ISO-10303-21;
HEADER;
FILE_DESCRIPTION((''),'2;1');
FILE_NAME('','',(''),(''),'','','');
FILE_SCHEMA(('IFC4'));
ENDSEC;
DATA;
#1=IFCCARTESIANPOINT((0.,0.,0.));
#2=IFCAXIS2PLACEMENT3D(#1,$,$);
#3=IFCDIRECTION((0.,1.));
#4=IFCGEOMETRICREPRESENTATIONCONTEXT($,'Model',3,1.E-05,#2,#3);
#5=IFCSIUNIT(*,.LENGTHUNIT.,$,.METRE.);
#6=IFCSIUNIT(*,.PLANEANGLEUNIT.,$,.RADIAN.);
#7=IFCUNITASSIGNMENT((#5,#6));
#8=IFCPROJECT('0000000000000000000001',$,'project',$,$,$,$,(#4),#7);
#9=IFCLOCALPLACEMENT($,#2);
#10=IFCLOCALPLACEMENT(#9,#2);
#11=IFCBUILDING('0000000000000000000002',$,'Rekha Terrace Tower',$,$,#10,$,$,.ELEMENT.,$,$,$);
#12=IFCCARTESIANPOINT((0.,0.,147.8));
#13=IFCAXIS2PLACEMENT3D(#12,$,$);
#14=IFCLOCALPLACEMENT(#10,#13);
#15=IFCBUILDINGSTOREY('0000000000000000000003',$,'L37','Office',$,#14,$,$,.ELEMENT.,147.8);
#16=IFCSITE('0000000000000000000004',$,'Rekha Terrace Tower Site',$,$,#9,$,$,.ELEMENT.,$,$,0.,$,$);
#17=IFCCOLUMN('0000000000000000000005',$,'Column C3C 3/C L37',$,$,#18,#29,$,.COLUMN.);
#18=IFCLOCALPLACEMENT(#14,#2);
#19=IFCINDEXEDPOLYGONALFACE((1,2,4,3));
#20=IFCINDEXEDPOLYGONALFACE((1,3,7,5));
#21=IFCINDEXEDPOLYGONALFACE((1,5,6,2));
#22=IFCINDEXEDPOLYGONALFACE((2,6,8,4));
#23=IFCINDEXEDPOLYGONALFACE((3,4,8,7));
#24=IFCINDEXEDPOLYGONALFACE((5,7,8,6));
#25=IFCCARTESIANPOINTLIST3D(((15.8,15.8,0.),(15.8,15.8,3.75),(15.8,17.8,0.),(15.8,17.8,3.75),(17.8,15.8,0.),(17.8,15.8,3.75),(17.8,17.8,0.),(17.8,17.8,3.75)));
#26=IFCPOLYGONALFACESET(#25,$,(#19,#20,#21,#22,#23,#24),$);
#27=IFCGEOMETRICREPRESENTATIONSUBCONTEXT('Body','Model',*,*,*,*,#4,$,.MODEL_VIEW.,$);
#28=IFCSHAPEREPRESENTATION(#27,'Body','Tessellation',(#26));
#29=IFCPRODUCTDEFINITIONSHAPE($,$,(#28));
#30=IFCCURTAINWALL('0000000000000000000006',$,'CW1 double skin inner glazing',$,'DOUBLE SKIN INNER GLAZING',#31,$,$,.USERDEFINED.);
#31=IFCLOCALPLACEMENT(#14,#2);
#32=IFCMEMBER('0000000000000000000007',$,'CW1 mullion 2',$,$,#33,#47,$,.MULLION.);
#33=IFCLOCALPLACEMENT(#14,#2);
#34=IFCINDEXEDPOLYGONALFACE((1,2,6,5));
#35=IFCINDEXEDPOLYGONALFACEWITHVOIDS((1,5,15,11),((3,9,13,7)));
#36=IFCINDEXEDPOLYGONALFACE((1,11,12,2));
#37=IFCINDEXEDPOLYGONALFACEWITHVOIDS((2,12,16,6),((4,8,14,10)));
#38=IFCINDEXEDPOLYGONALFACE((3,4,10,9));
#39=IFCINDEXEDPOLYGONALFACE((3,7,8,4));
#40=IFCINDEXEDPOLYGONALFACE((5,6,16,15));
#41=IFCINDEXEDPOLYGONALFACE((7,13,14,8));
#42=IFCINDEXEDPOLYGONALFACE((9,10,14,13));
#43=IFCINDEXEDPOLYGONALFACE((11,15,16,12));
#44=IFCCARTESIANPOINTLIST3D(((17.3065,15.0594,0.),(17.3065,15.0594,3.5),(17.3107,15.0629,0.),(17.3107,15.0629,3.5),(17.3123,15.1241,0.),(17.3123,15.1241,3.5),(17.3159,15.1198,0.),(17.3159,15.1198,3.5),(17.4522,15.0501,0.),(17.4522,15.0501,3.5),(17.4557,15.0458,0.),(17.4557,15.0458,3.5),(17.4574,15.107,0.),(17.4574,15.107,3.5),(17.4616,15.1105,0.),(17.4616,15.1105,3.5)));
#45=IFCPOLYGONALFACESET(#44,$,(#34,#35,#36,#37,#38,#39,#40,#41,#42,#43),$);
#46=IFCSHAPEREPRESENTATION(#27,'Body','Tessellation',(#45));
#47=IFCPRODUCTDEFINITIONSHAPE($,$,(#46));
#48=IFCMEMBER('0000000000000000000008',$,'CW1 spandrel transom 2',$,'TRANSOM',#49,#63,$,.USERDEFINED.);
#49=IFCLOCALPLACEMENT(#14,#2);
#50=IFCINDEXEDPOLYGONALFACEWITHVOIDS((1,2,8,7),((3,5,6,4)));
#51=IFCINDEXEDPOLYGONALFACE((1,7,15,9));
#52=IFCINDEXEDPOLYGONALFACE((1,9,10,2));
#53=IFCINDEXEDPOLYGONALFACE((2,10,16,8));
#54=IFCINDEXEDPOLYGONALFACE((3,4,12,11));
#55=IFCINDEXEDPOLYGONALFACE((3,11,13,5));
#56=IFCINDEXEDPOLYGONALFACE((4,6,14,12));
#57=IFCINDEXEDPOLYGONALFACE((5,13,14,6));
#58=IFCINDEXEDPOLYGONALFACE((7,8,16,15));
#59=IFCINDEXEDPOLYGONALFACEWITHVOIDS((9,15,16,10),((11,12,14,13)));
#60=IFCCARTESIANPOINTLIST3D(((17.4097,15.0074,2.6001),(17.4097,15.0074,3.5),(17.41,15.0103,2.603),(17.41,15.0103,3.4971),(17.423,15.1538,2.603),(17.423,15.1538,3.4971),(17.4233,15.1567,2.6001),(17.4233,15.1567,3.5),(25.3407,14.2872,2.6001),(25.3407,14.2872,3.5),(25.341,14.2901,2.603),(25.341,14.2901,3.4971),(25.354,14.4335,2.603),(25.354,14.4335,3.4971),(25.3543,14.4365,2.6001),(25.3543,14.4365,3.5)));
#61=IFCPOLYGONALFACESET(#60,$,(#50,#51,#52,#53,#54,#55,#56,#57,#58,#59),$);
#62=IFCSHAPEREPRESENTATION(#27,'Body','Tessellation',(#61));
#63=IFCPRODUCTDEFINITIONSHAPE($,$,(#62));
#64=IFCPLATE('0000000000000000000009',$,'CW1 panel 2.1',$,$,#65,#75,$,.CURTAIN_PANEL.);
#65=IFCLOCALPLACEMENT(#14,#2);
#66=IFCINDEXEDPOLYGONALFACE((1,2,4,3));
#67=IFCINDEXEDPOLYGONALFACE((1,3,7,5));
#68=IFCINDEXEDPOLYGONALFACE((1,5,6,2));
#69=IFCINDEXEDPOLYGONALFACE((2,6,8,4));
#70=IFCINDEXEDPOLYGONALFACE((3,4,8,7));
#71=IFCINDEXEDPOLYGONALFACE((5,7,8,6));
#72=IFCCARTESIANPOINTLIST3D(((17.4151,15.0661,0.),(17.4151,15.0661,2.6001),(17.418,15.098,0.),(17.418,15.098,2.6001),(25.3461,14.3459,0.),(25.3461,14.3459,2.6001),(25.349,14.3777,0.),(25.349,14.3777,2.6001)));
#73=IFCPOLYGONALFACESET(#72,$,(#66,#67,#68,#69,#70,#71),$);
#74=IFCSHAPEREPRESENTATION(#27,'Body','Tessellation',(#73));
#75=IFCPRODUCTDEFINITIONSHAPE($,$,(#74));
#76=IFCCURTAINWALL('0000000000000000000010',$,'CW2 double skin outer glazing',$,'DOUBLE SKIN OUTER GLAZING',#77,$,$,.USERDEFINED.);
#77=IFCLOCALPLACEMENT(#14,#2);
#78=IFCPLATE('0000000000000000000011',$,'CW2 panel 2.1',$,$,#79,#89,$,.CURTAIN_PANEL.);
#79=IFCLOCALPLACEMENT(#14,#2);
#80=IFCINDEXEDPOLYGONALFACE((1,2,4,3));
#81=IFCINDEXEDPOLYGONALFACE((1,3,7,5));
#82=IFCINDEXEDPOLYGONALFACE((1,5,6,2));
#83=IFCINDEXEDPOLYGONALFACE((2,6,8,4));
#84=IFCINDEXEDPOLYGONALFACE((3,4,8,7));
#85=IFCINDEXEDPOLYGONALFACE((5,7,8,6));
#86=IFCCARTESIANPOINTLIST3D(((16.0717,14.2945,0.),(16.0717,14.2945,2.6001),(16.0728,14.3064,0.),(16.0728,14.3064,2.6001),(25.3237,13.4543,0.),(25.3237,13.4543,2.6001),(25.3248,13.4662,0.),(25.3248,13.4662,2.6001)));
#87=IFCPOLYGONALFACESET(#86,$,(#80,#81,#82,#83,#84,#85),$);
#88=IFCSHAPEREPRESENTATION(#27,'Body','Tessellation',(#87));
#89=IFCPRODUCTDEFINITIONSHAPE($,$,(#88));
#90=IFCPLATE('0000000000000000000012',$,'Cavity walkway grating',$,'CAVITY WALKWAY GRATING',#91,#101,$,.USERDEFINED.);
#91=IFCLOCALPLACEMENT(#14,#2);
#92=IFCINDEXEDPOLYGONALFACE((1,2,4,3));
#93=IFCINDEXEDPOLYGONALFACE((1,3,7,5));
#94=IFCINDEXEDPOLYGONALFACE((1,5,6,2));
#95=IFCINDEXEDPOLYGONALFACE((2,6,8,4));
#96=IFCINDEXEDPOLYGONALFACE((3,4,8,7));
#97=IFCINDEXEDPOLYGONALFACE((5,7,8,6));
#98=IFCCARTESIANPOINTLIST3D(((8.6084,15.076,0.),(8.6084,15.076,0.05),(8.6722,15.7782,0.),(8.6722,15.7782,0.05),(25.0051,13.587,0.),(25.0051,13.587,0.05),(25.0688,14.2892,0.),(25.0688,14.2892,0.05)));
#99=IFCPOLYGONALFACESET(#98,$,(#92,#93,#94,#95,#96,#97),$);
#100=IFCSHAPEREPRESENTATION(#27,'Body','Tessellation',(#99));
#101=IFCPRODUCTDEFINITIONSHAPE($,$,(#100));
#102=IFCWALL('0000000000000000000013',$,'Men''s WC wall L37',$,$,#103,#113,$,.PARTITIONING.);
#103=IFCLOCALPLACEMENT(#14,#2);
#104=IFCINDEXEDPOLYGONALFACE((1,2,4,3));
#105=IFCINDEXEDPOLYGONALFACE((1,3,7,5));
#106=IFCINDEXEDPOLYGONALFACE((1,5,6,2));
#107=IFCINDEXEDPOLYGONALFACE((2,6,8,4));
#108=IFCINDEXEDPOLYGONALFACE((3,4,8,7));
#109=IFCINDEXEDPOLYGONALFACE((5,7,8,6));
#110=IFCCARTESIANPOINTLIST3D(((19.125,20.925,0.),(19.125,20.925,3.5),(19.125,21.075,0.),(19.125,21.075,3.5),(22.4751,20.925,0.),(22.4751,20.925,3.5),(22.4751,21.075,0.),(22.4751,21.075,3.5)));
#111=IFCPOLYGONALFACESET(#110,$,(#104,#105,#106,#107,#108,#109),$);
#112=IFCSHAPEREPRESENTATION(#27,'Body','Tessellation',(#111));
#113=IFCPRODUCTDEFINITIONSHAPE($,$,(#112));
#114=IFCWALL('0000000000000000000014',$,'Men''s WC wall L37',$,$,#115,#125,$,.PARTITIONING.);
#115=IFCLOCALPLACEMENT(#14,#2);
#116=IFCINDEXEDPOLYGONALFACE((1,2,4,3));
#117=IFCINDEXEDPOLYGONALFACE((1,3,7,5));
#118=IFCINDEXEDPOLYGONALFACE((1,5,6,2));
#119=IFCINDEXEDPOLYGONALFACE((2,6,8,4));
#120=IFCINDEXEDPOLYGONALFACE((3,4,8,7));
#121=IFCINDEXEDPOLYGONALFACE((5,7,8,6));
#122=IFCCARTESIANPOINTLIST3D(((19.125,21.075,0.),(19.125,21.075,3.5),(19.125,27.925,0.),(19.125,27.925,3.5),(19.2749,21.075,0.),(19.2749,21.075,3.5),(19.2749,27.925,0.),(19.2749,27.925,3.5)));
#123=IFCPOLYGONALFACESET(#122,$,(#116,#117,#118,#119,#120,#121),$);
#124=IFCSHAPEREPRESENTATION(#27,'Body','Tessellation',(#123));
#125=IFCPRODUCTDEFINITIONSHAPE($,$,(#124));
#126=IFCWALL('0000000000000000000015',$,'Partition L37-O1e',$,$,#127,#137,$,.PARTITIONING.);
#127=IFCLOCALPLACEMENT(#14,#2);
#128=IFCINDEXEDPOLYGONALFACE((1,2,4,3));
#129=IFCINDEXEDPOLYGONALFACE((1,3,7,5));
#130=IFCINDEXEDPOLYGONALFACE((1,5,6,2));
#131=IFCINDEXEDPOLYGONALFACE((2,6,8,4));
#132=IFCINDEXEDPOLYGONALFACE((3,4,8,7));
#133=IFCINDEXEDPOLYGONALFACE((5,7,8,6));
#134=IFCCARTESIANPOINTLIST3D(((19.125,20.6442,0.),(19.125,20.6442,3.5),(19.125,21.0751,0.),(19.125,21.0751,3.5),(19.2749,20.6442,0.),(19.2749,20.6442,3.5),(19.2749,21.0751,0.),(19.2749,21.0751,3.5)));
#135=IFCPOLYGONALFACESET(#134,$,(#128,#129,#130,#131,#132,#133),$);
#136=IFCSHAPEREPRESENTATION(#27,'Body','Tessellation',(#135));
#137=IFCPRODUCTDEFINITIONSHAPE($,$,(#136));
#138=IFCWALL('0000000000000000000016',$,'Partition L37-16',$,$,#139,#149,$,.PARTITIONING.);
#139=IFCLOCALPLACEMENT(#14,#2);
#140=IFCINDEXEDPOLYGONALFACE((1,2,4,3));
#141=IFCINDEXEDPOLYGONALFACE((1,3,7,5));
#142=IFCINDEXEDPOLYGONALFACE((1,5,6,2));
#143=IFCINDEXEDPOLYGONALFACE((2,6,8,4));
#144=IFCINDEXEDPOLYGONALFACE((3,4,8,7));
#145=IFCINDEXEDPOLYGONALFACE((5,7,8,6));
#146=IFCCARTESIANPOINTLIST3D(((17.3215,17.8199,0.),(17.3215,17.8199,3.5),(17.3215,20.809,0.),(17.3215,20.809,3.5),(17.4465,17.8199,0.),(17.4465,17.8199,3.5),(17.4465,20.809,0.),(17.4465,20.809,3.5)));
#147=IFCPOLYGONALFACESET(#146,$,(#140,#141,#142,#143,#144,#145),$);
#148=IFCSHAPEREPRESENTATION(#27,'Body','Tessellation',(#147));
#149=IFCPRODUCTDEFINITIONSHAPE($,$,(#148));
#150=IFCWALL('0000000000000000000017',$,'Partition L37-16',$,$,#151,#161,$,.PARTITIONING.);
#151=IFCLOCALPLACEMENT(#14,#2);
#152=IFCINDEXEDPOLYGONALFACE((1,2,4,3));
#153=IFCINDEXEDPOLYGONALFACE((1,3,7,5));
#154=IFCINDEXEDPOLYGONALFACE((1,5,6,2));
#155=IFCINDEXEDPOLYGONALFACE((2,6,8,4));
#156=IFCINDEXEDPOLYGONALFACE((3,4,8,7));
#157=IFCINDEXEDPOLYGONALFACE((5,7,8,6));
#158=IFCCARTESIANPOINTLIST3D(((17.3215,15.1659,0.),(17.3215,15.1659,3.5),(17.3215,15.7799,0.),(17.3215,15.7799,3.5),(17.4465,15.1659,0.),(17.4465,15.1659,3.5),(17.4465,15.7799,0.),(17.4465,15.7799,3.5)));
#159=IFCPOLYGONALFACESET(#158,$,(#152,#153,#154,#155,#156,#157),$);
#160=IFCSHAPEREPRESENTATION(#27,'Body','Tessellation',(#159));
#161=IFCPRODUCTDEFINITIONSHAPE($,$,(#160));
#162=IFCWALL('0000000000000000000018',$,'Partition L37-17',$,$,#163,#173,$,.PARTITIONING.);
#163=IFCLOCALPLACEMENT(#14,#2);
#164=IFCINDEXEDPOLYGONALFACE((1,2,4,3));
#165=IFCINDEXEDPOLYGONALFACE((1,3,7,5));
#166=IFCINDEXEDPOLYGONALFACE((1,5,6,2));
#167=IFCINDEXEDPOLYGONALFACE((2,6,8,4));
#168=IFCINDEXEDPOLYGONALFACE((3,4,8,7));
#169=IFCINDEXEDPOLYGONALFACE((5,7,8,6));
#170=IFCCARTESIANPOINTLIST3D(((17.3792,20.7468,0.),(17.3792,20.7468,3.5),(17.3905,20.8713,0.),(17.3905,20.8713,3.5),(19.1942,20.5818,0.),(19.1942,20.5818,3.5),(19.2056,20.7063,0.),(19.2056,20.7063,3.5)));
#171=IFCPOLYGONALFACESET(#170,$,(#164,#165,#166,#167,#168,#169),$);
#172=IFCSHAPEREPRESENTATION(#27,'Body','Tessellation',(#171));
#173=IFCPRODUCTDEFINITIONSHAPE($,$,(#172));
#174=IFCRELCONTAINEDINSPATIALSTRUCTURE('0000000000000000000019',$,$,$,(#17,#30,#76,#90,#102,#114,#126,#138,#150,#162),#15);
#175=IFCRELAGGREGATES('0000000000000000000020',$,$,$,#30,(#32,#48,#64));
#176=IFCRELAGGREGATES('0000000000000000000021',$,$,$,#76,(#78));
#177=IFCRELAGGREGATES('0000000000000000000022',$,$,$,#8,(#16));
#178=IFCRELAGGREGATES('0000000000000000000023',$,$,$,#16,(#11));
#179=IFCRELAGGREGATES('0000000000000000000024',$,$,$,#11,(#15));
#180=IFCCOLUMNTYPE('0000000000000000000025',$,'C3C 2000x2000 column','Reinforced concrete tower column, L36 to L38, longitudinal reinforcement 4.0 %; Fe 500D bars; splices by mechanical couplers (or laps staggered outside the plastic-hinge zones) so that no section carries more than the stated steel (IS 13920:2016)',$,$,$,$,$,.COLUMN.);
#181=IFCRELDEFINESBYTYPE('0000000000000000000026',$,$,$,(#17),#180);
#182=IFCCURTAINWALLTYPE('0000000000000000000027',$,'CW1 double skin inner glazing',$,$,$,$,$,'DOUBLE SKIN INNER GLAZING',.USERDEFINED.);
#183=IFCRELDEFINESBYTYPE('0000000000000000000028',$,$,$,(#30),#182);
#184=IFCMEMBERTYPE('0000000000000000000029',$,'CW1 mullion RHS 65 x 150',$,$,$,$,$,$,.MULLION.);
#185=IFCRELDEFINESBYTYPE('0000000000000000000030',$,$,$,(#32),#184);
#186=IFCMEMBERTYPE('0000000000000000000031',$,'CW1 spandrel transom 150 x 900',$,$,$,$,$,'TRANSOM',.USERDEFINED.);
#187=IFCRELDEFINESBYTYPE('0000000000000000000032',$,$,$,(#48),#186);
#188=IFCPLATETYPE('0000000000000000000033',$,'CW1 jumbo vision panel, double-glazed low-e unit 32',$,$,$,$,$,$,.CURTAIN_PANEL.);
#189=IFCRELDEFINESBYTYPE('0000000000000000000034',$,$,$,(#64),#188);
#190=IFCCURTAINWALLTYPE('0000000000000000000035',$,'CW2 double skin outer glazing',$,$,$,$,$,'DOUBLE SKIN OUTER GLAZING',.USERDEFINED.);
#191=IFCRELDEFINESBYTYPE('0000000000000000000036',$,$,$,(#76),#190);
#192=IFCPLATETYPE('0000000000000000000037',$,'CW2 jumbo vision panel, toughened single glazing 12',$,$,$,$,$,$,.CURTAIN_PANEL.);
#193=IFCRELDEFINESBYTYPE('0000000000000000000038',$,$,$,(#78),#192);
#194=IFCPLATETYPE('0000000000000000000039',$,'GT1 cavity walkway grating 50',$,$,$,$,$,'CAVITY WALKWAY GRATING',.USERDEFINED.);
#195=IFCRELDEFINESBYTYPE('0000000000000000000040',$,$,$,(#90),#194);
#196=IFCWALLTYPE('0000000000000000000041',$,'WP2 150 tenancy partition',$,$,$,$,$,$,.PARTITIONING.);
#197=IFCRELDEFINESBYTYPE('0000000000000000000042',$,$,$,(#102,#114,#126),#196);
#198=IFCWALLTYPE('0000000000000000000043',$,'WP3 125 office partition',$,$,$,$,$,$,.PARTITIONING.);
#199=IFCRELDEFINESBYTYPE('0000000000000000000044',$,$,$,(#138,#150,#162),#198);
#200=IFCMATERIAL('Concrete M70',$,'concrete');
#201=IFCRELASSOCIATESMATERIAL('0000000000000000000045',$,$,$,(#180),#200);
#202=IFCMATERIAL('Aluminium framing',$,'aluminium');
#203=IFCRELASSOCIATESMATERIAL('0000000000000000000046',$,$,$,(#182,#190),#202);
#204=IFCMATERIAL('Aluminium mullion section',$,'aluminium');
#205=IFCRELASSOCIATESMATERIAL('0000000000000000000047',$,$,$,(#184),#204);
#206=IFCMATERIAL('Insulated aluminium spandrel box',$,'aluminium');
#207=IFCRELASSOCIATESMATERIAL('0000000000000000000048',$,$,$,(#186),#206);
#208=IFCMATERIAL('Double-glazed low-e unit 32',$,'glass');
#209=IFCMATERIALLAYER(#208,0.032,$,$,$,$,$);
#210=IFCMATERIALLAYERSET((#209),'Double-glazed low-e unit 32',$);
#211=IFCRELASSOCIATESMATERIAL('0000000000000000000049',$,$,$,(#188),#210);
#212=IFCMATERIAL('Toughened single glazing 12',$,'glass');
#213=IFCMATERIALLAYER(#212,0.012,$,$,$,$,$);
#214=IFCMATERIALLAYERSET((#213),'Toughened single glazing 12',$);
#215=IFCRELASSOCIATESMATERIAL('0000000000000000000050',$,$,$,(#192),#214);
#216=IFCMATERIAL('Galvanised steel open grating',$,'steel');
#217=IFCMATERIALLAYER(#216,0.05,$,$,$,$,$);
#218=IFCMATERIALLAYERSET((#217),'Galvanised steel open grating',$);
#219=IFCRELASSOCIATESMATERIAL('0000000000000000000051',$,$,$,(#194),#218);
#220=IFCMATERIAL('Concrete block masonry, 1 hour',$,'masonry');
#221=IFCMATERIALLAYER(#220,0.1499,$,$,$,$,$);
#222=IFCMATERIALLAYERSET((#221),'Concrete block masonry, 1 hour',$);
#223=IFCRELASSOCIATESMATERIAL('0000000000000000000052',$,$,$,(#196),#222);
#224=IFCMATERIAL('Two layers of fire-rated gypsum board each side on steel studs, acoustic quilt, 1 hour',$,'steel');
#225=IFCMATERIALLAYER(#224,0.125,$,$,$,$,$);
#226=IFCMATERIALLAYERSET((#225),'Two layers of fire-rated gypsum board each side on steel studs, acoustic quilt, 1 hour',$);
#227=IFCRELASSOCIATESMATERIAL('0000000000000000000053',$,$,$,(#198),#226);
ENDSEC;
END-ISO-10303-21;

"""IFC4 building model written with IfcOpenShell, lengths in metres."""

from ifc_helpers import new_model, si_unit, direction, frame, frame_2d, origin, origin_2d, place, context, subcontext, project, spatial, rectangle, hollow_rectangle, extrude, material, layer, layer_set, material_profile, profile_set, type_object, element, aggregate, save


model = new_model("IFC4")

# Units and contexts
model_context = context("Model", 3, precision=1e-05, world=origin(), true_north=direction((0.0, 1.0)))
body_context = subcontext(model_context, "Body", "Model", "MODEL_VIEW")
ifc_project = project(units=[si_unit("LENGTHUNIT", "METRE"), si_unit("PLANEANGLEUNIT", "RADIAN")], contexts=[model_context])

# Site, building, storey
site_placement = place(None, origin())
site = spatial("IfcSite", under=ifc_project, at=site_placement, Name="Rekha Terrace Tower Site", CompositionType="ELEMENT", RefElevation=0.0)
building_placement = place(site_placement, origin())
building = spatial("IfcBuilding", under=site, at=building_placement, Name="Rekha Terrace Tower", CompositionType="ELEMENT")
storey_placement = place(building_placement, frame((0.0, 0.0, 147.8)))
storey = spatial("IfcBuildingStorey", under=building, at=storey_placement, Name="L37", Description="Office", CompositionType="ELEMENT", Elevation=147.8)

# Column
ifc_material_1 = material(Name="Concrete M70", Category="concrete")
ifc_material_profile_1 = material_profile(ifc_material_1, rectangle(XDim=2.0, YDim=2.0, at=origin_2d()), Name="RC 2000x2000")
ifc_profile_set_1 = profile_set([ifc_material_profile_1], Name="Concrete M70")
column_type = type_object("IfcColumnType", Name="C3C 2000x2000 column", Description="Reinforced concrete tower column, L36 to L38, longitudinal reinforcement 4.0 %; Fe 500D bars; splices by mechanical couplers (or laps staggered outside the plastic-hinge zones) so that no section carries more than the stated steel (IS 13920:2016)", PredefinedType="COLUMN", material=ifc_profile_set_1)
column_placement = place(storey_placement, frame((16.8, 16.8, 0.0), z_axis=(0.0, 0.0, 1.0), x_axis=(1.0, 0.0, 0.0)))
element("IfcColumn", 1, at=column_placement, inside=storey, type_object=column_type, Name="Column C3C 3/C L37", PredefinedType="COLUMN", context=body_context, shape_type="SweptSolid", body=[
    extrude(rectangle(XDim=2.0, YDim=2.0, at=origin_2d()), origin(), (0.0, 0.0, 1.0), 3.75),
])

# Curtain wall, members, plate
ifc_material_2 = material(Name="Aluminium framing", Category="aluminium")
curtain_wall_type_1 = type_object("IfcCurtainWallType", Name="CW1 double skin inner glazing", ElementType="DOUBLE SKIN INNER GLAZING", PredefinedType="USERDEFINED", material=ifc_material_2)
curtain_wall_1_placement = place(storey_placement, origin())
curtain_wall_1 = element("IfcCurtainWall", 2, at=curtain_wall_1_placement, inside=storey, type_object=curtain_wall_type_1, Name="CW1 double skin inner glazing", ObjectType="DOUBLE SKIN INNER GLAZING", PredefinedType="USERDEFINED")
ifc_material_3 = material(Name="Aluminium mullion section", Category="aluminium")
ifc_material_profile_2 = material_profile(ifc_material_3, hollow_rectangle(XDim=0.0649, YDim=0.1499, WallThickness=0.0039, at=origin_2d()), Name="AL RHS 65x150")
ifc_profile_set_2 = profile_set([ifc_material_profile_2], Name="Aluminium mullion section")
member_type_1 = type_object("IfcMemberType", Name="CW1 mullion RHS 65 x 150", PredefinedType="MULLION", material=ifc_profile_set_2)
member_1_placement = place(storey_placement, frame((17.384, 15.085, 0.0), z_axis=(0.0, 0.0, 1.0), x_axis=(0.09044, 0.995902, 0.0)))
member_1 = element("IfcMember", 3, at=member_1_placement, type_object=member_type_1, Name="CW1 mullion 2", PredefinedType="MULLION", context=body_context, shape_type="SweptSolid", body=[
    extrude(hollow_rectangle(XDim=0.0649, YDim=0.1499, WallThickness=0.0039, at=origin_2d()), origin(), (0.0, 0.0, 1.0), 3.5),
])
ifc_material_4 = material(Name="Insulated aluminium spandrel box", Category="aluminium")
ifc_material_profile_3 = material_profile(ifc_material_4, hollow_rectangle(XDim=0.1499, YDim=0.8999, WallThickness=0.0029, at=origin_2d()), Name="AL SPANDREL BOX 150x900")
ifc_profile_set_3 = profile_set([ifc_material_profile_3], Name="Insulated aluminium spandrel box")
member_type_2 = type_object("IfcMemberType", Name="CW1 spandrel transom 150 x 900", ElementType="TRANSOM", PredefinedType="USERDEFINED", material=ifc_profile_set_3)
member_2_placement = place(storey_placement, frame((17.4165, 15.082, 3.05), z_axis=(0.995902, -0.090439, 0.0), x_axis=(0.090439, 0.995902, 0.0)))
member_2 = element("IfcMember", 4, at=member_2_placement, type_object=member_type_2, Name="CW1 spandrel transom 2", ObjectType="TRANSOM", PredefinedType="USERDEFINED", context=body_context, shape_type="SweptSolid", body=[
    extrude(hollow_rectangle(XDim=0.1499, YDim=0.8999, WallThickness=0.0029, at=origin_2d()), origin(), (0.0, 0.0, 1.0), 7.9636),
])
ifc_material_5 = material(Name="Double-glazed low-e unit 32", Category="glass")
ifc_layer_1 = layer(ifc_material_5, 0.032)
ifc_layer_set_1 = layer_set([ifc_layer_1], Name="Double-glazed low-e unit 32")
plate_type_1 = type_object("IfcPlateType", Name="CW1 jumbo vision panel, double-glazed low-e unit 32", PredefinedType="CURTAIN_PANEL", material=ifc_layer_set_1)
plate_1_placement = place(storey_placement, frame((21.3821, 14.7219, 0.0), z_axis=(0.0, 0.0, 1.0), x_axis=(0.995902, -0.09044, 0.0)))
plate_1 = element("IfcPlate", 5, at=plate_1_placement, type_object=plate_type_1, Name="CW1 panel 2.1", PredefinedType="CURTAIN_PANEL", context=body_context, shape_type="SweptSolid", body=[
    extrude(rectangle(XDim=7.9636, YDim=0.032, at=origin_2d()), origin(), (0.0, 0.0, 1.0), 2.6001),
])
aggregate(curtain_wall_1, [member_1, member_2, plate_1])

# Curtain wall, plate
curtain_wall_type_2 = type_object("IfcCurtainWallType", Name="CW2 double skin outer glazing", ElementType="DOUBLE SKIN OUTER GLAZING", PredefinedType="USERDEFINED", material=ifc_material_2)
curtain_wall_2_placement = place(storey_placement, origin())
curtain_wall_2 = element("IfcCurtainWall", 6, at=curtain_wall_2_placement, inside=storey, type_object=curtain_wall_type_2, Name="CW2 double skin outer glazing", ObjectType="DOUBLE SKIN OUTER GLAZING", PredefinedType="USERDEFINED")
ifc_material_6 = material(Name="Toughened single glazing 12", Category="glass")
ifc_layer_2 = layer(ifc_material_6, 0.012)
ifc_layer_set_2 = layer_set([ifc_layer_2], Name="Toughened single glazing 12")
plate_type_2 = type_object("IfcPlateType", Name="CW2 jumbo vision panel, toughened single glazing 12", PredefinedType="CURTAIN_PANEL", material=ifc_layer_set_2)
plate_2_placement = place(storey_placement, frame((20.6982, 13.8804, 0.0), z_axis=(0.0, 0.0, 1.0), x_axis=(0.995902, -0.09044, 0.0)))
plate_2 = element("IfcPlate", 7, at=plate_2_placement, type_object=plate_type_2, Name="CW2 panel 2.1", PredefinedType="CURTAIN_PANEL", context=body_context, shape_type="SweptSolid", body=[
    extrude(rectangle(XDim=9.29, YDim=0.012, at=origin_2d()), origin(), (0.0, 0.0, 1.0), 2.6001),
])
aggregate(curtain_wall_2, [plate_2])

# Plate
ifc_material_7 = material(Name="Galvanised steel open grating", Category="steel")
ifc_layer_3 = layer(ifc_material_7, 0.05)
ifc_layer_set_3 = layer_set([ifc_layer_3], Name="Galvanised steel open grating")
plate_type_3 = type_object("IfcPlateType", Name="GT1 cavity walkway grating 50", ElementType="CAVITY WALKWAY GRATING", PredefinedType="USERDEFINED", material=ifc_layer_set_3)
plate_3_placement = place(storey_placement, frame((16.8386, 14.6826, 0.0), z_axis=(0.0, 0.0, 1.0), x_axis=(0.995902, -0.09044, 0.0)))
element("IfcPlate", 8, at=plate_3_placement, inside=storey, type_object=plate_type_3, Name="Cavity walkway grating", ObjectType="CAVITY WALKWAY GRATING", PredefinedType="USERDEFINED", context=body_context, shape_type="SweptSolid", body=[
    extrude(rectangle(XDim=16.4641, YDim=0.7051, at=origin_2d()), origin(), (0.0, 0.0, 1.0), 0.05),
])

# Walls
ifc_material_8 = material(Name="Concrete block masonry, 1 hour", Category="masonry")
ifc_layer_4 = layer(ifc_material_8, 0.1499)
ifc_layer_set_4 = layer_set([ifc_layer_4], Name="Concrete block masonry, 1 hour")
wall_type_1 = type_object("IfcWallType", Name="WP2 150 tenancy partition", PredefinedType="PARTITIONING", material=ifc_layer_set_4)
wall_1_placement = place(storey_placement, frame((19.125, 21.0, 0.0), z_axis=(0.0, 0.0, 1.0), x_axis=(1.0, 0.0, 0.0)))
element("IfcWall", 9, at=wall_1_placement, inside=storey, type_object=wall_type_1, Name="Men's WC wall L37", PredefinedType="PARTITIONING", context=body_context, shape_type="SweptSolid", body=[
    extrude(rectangle(XDim=3.3501, YDim=0.1499, at=frame_2d((1.675, 0.0))), origin(), (0.0, 0.0, 1.0), 3.5),
])
wall_2_placement = place(storey_placement, frame((19.2, 21.075, 0.0), z_axis=(0.0, 0.0, 1.0), x_axis=(0.0, 1.0, 0.0)))
element("IfcWall", 10, at=wall_2_placement, inside=storey, type_object=wall_type_1, Name="Men's WC wall L37", PredefinedType="PARTITIONING", context=body_context, shape_type="SweptSolid", body=[
    extrude(rectangle(XDim=6.8501, YDim=0.1499, at=frame_2d((3.425, 0.0))), origin(), (0.0, 0.0, 1.0), 3.5),
])
wall_3_placement = place(storey_placement, frame((19.2, 21.075, 0.0), z_axis=(0.0, 0.0, 1.0), x_axis=(0.0, -1.0, 0.0)))
element("IfcWall", 11, at=wall_3_placement, inside=storey, type_object=wall_type_1, Name="Partition L37-O1e", PredefinedType="PARTITIONING", context=body_context, shape_type="SweptSolid", body=[
    extrude(rectangle(XDim=0.4309, YDim=0.1499, at=frame_2d((0.2153, 0.0))), origin(), (0.0, 0.0, 1.0), 3.5),
])
ifc_material_9 = material(Name="Two layers of fire-rated gypsum board each side on steel studs, acoustic quilt, 1 hour", Category="steel")
ifc_layer_5 = layer(ifc_material_9, 0.125)
ifc_layer_set_5 = layer_set([ifc_layer_5], Name="Two layers of fire-rated gypsum board each side on steel studs, acoustic quilt, 1 hour")
wall_type_2 = type_object("IfcWallType", Name="WP3 125 office partition", PredefinedType="PARTITIONING", material=ifc_layer_set_5)
wall_4_placement = place(storey_placement, frame((17.384, 20.8091, 0.0), z_axis=(0.0, 0.0, 1.0), x_axis=(0.0, -1.0, 0.0)))
element("IfcWall", 12, at=wall_4_placement, inside=storey, type_object=wall_type_2, Name="Partition L37-16", PredefinedType="PARTITIONING", context=body_context, shape_type="SweptSolid", body=[
    extrude(rectangle(XDim=2.989, YDim=0.125, at=frame_2d((1.4946, 0.0))), origin(), (0.0, 0.0, 1.0), 3.5),
])
wall_5_placement = place(storey_placement, frame((17.384, 15.78, 0.0), z_axis=(0.0, 0.0, 1.0), x_axis=(0.0, -1.0, 0.0)))
element("IfcWall", 13, at=wall_5_placement, inside=storey, type_object=wall_type_2, Name="Partition L37-16", PredefinedType="PARTITIONING", context=body_context, shape_type="SweptSolid", body=[
    extrude(rectangle(XDim=0.614, YDim=0.125, at=frame_2d((0.3071, 0.0))), origin(), (0.0, 0.0, 1.0), 3.5),
])
wall_6_placement = place(storey_placement, frame((17.385, 20.8091, 0.0), z_axis=(0.0, 0.0, 1.0), x_axis=(0.995891, -0.09056, 0.0)))
element("IfcWall", 14, at=wall_6_placement, inside=storey, type_object=wall_type_2, Name="Partition L37-17", PredefinedType="PARTITIONING", context=body_context, shape_type="SweptSolid", body=[
    extrude(rectangle(XDim=1.8225, YDim=0.125, at=frame_2d((0.9111, 0.0))), origin(), (0.0, 0.0, 1.0), 3.5),
])

save(model, "model.ifc")
